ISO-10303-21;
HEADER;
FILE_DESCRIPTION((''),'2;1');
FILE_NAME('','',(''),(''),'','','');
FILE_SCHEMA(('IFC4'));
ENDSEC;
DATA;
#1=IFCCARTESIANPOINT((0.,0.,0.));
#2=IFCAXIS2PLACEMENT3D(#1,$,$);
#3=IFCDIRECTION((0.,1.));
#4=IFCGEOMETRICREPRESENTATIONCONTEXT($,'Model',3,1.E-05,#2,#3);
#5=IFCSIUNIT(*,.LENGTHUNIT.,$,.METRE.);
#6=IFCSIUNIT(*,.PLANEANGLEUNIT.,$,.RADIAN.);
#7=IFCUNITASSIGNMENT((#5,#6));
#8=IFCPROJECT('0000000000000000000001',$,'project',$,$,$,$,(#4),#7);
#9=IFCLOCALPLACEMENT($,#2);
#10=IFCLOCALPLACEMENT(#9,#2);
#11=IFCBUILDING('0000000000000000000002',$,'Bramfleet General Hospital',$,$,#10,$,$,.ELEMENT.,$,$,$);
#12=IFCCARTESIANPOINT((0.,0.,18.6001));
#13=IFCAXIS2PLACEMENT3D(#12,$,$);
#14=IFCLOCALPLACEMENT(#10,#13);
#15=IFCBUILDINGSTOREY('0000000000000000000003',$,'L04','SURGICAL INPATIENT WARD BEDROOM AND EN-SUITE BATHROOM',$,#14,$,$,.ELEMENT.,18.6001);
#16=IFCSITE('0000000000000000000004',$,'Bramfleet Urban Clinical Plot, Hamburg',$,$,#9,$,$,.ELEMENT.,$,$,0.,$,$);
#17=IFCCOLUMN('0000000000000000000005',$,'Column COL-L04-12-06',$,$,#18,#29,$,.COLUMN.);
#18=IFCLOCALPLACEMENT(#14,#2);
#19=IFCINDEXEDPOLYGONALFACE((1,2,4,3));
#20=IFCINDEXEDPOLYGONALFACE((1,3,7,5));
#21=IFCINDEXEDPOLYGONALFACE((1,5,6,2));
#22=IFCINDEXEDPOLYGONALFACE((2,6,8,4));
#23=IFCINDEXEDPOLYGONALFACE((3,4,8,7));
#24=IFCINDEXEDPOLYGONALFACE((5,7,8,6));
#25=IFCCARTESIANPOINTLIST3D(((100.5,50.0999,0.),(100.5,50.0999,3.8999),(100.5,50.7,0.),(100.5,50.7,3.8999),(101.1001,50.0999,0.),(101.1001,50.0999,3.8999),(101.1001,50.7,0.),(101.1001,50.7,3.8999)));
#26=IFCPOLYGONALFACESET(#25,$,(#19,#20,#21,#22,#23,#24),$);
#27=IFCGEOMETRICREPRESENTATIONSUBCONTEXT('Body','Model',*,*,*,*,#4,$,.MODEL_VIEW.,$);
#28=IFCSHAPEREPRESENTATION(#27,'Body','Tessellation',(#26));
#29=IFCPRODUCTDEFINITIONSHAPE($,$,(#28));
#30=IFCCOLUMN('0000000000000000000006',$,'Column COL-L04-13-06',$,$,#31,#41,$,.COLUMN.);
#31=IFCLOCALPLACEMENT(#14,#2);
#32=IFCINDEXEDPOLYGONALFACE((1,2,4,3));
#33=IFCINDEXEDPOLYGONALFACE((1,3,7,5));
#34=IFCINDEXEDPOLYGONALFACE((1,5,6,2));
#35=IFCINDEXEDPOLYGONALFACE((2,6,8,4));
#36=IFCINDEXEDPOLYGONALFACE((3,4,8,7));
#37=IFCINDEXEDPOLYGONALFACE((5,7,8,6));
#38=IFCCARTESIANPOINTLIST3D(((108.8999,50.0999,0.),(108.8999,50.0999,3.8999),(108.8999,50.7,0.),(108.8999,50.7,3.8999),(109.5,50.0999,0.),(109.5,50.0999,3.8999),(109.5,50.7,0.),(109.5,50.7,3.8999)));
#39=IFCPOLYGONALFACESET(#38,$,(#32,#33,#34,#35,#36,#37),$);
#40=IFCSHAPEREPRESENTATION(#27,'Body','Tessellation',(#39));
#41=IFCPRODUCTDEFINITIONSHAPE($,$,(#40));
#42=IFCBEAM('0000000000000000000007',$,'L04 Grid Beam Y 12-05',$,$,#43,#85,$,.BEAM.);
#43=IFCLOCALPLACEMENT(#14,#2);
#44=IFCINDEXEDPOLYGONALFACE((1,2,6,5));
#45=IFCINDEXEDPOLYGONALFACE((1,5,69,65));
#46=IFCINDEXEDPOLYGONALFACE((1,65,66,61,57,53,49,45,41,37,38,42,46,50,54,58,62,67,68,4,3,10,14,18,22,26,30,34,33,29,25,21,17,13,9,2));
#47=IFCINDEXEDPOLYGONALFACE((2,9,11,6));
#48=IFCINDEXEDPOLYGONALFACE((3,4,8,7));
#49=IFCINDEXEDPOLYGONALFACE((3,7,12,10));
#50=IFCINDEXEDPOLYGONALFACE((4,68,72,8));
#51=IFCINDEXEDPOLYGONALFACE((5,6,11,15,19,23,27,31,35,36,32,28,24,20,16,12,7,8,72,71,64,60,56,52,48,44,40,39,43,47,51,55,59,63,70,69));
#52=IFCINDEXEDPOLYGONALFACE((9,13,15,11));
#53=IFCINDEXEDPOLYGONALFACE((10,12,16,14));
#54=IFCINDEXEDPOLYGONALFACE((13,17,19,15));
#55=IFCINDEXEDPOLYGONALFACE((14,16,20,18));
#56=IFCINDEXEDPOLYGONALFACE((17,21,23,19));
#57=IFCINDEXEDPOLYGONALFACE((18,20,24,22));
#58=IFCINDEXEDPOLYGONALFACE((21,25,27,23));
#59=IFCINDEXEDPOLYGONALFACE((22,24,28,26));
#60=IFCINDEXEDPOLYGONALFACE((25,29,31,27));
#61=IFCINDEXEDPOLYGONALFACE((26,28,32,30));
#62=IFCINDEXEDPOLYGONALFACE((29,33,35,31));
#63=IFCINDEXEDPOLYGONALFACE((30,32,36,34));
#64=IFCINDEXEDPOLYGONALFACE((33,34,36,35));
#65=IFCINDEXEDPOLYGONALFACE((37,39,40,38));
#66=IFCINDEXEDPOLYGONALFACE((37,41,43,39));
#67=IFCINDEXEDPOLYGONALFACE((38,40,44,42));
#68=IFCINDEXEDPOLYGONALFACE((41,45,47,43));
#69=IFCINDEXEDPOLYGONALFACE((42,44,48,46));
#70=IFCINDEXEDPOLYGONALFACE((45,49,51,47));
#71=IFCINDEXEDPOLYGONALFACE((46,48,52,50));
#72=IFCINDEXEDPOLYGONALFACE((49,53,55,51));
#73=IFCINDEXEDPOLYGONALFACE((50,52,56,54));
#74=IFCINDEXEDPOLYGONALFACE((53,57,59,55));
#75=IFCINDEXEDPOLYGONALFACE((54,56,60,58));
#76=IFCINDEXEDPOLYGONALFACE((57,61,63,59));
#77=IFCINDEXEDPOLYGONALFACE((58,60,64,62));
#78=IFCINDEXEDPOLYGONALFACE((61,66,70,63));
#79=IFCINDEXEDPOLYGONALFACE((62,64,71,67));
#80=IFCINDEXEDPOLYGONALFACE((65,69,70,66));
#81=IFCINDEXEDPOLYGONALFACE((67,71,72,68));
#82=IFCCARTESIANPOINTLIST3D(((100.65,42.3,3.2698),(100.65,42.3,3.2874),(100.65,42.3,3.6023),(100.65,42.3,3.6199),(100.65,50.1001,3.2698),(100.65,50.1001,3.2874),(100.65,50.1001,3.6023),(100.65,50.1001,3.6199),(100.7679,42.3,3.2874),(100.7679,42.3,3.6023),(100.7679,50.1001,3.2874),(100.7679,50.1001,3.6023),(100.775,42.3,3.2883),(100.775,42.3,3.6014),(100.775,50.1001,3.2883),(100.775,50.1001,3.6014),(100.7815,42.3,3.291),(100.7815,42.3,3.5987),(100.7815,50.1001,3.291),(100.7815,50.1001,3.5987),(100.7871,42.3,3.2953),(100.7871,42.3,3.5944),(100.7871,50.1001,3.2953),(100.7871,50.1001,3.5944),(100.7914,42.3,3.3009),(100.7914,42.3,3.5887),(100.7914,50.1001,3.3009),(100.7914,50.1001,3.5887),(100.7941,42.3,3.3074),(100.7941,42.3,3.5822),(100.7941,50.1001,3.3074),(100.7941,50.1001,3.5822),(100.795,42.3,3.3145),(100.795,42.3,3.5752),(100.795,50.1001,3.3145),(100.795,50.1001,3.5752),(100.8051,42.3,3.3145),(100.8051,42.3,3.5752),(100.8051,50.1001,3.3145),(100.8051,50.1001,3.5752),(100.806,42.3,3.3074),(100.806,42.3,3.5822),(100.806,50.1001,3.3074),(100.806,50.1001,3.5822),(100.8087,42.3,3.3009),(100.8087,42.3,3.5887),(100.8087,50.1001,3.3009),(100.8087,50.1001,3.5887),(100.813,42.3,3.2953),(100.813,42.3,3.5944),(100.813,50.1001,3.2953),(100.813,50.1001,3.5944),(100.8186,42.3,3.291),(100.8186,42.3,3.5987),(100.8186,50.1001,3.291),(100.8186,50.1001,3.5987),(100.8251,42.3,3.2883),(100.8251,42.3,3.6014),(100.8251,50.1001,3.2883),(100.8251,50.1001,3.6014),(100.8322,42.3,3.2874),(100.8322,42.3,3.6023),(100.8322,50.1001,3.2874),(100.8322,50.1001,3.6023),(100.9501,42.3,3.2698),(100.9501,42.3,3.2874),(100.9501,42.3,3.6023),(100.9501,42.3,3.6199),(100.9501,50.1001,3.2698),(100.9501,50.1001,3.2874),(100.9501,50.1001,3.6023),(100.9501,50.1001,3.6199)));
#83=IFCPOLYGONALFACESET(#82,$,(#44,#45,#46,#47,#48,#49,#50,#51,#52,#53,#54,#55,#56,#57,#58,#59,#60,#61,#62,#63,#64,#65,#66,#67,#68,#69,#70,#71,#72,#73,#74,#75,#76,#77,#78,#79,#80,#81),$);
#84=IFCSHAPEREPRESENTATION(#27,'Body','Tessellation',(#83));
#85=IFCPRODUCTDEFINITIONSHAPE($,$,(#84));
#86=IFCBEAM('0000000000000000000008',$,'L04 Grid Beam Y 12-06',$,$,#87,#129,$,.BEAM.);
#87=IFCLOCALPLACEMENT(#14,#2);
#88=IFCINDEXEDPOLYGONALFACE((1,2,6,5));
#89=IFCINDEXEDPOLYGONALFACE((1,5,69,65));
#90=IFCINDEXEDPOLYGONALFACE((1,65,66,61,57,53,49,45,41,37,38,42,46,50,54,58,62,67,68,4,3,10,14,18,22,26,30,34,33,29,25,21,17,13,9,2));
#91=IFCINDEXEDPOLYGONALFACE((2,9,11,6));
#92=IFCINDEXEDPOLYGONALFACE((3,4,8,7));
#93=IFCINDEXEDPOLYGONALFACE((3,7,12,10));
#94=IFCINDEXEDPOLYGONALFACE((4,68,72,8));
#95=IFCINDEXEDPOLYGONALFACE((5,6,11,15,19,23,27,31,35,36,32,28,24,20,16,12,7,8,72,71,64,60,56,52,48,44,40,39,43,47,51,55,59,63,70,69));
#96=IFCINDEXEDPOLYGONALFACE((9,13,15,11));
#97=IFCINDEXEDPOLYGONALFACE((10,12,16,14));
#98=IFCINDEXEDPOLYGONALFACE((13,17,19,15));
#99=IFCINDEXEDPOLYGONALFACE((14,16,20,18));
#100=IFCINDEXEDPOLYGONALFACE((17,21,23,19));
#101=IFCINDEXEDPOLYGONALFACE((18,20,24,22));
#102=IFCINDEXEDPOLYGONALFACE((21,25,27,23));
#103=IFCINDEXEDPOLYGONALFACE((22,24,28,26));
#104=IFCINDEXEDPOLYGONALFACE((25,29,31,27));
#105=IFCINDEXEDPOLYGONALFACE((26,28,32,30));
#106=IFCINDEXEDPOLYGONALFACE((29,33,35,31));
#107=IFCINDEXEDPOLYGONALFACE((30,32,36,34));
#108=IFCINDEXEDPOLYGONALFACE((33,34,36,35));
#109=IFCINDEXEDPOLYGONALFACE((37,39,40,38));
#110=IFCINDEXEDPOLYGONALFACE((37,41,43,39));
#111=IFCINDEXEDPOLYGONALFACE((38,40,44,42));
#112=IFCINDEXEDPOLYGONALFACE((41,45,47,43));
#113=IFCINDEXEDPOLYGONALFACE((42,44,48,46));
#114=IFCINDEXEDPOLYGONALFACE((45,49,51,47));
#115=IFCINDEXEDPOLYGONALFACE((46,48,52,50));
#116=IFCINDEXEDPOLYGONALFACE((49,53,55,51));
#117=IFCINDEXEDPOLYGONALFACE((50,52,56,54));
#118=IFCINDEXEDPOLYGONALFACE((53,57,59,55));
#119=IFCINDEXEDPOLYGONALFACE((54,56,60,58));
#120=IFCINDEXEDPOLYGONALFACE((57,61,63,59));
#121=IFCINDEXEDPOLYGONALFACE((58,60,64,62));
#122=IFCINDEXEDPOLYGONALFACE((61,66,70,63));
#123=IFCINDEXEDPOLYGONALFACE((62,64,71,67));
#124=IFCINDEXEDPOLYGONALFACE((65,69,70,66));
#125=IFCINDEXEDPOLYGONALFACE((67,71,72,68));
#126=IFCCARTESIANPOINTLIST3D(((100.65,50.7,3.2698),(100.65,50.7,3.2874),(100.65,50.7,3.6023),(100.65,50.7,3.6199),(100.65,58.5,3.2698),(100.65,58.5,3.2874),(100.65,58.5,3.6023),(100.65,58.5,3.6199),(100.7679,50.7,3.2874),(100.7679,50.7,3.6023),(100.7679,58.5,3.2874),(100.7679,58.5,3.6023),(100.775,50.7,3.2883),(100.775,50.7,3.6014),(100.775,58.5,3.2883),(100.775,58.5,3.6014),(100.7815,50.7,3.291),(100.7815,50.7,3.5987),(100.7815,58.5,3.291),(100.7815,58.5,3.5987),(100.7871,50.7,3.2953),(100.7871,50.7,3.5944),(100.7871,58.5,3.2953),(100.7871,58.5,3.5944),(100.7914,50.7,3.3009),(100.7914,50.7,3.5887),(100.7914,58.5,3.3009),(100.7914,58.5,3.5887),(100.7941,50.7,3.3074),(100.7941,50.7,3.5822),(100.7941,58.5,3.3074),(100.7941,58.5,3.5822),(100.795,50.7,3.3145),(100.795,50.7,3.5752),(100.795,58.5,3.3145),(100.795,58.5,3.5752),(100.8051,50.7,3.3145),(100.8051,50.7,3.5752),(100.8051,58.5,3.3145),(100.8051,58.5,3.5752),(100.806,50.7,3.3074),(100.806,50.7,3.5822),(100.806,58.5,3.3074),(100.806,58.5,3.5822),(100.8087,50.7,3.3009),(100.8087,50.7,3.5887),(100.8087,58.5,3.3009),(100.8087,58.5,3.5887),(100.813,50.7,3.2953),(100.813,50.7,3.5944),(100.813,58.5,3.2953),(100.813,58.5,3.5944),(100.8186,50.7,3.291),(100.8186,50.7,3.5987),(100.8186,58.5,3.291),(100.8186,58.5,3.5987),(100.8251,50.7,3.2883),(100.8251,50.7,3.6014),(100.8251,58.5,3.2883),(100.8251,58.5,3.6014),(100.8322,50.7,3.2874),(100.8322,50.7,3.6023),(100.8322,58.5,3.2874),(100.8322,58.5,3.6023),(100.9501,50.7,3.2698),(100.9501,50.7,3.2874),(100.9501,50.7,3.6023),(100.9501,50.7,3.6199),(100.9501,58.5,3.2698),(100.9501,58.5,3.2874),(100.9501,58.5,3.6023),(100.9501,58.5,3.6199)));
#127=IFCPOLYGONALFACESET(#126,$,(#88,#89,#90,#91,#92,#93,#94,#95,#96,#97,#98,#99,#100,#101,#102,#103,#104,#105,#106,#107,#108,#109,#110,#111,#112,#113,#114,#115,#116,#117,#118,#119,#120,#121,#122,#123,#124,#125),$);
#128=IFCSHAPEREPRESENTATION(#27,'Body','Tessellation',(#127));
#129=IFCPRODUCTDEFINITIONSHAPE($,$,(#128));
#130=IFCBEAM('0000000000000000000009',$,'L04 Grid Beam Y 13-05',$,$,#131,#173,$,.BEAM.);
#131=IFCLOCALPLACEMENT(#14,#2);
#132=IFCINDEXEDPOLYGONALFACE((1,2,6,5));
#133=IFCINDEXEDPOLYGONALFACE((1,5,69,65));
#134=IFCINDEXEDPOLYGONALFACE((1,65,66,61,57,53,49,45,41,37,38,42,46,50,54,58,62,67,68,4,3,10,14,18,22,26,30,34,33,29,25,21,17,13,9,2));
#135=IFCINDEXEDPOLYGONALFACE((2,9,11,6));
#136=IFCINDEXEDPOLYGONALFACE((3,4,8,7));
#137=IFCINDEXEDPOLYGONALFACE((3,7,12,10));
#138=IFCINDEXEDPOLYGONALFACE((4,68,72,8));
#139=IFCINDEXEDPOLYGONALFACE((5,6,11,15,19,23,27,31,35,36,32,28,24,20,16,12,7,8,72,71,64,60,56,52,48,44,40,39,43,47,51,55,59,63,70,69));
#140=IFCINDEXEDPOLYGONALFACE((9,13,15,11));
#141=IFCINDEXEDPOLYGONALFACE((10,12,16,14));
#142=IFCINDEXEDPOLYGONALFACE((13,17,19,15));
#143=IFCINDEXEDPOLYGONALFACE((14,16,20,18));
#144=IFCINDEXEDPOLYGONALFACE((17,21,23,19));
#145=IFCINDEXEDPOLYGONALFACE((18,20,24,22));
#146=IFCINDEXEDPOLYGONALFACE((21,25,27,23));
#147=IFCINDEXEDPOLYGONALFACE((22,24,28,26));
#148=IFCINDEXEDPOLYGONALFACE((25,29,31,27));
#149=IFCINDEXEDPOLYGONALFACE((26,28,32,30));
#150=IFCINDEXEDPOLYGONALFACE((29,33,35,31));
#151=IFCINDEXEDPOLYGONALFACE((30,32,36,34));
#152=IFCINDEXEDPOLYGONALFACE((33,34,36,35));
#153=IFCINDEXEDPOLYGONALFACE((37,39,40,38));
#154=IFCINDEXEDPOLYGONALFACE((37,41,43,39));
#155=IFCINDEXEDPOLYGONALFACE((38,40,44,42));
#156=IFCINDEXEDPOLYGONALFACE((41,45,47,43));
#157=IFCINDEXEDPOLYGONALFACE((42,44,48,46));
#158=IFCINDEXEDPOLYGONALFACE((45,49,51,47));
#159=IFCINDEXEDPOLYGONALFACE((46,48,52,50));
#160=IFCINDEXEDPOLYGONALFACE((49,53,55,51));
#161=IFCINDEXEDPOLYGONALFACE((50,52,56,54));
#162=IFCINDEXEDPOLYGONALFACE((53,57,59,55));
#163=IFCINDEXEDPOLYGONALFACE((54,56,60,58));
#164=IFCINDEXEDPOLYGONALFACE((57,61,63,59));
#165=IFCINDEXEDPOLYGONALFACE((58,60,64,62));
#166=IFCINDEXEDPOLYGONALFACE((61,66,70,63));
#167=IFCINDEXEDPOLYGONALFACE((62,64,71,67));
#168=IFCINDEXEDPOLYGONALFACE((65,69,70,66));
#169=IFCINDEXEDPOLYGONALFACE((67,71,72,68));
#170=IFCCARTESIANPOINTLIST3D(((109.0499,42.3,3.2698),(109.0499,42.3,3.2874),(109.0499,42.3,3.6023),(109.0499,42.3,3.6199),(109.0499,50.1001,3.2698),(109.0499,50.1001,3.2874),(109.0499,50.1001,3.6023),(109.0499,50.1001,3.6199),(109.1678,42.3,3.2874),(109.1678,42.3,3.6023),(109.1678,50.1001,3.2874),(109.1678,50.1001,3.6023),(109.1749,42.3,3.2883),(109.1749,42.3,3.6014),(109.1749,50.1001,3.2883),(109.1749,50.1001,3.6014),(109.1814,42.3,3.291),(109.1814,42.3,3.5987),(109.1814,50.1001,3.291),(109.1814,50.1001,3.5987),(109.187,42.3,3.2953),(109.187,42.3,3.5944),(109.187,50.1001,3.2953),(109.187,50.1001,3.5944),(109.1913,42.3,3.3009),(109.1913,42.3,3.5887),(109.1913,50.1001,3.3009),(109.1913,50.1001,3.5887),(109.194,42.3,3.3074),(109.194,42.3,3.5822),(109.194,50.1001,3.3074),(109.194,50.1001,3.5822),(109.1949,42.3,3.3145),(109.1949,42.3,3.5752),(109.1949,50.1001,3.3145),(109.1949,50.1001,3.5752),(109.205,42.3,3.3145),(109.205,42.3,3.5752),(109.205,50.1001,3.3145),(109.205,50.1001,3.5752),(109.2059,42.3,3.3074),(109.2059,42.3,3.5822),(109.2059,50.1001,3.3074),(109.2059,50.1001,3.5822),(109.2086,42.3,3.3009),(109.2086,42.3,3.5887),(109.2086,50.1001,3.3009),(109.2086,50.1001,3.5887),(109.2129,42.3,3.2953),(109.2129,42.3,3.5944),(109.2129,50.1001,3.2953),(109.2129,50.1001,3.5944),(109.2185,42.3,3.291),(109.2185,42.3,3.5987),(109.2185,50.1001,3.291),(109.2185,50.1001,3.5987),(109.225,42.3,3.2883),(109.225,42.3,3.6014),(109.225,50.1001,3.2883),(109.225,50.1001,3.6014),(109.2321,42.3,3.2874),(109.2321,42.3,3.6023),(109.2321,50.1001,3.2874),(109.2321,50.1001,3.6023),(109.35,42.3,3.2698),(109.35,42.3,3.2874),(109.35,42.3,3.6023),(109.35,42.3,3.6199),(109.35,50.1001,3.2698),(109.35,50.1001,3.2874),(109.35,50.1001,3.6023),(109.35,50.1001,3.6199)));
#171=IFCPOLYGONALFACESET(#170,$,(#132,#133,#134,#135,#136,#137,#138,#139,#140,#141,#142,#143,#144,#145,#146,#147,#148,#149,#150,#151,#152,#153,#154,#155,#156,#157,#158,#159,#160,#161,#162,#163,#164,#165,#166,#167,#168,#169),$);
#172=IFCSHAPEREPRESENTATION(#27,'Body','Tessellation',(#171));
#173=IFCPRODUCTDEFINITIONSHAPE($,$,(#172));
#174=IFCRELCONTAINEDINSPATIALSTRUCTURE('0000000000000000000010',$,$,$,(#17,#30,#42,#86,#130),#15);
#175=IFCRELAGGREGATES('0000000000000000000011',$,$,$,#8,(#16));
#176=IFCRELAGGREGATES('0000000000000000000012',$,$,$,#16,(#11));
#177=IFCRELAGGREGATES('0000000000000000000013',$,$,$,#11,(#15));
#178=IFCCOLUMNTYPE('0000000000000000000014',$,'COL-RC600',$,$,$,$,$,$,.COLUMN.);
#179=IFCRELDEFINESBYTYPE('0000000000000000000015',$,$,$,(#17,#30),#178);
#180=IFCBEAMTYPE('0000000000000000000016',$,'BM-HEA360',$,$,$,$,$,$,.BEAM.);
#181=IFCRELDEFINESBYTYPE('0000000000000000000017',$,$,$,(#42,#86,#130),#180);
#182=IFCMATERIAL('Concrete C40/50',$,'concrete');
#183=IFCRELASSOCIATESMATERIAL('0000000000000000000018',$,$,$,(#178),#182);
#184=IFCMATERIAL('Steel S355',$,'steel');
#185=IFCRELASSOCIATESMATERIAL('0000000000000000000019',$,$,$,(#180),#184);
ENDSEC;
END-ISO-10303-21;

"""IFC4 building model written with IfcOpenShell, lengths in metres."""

from ifc_helpers import new_model, si_unit, direction, frame, origin, origin_2d, place, context, subcontext, project, spatial, rectangle, i_section, extrude, material, material_profile, profile_set, type_object, element, save


model = new_model("IFC4")

# Units and contexts
model_context = context("Model", 3, precision=1e-05, world=origin(), true_north=direction((0.0, 1.0)))
body_context = subcontext(model_context, "Body", "Model", "MODEL_VIEW")
ifc_project = project(units=[si_unit("LENGTHUNIT", "METRE"), si_unit("PLANEANGLEUNIT", "RADIAN")], contexts=[model_context])

# Site, building, storey
site_placement = place(None, origin())
site = spatial("IfcSite", under=ifc_project, at=site_placement, Name="Bramfleet Urban Clinical Plot, Hamburg", CompositionType="ELEMENT", RefElevation=0.0)
building_placement = place(site_placement, origin())
building = spatial("IfcBuilding", under=site, at=building_placement, Name="Bramfleet General Hospital", CompositionType="ELEMENT")
storey_placement = place(building_placement, frame((0.0, 0.0, 18.6001)))
storey = spatial("IfcBuildingStorey", under=building, at=storey_placement, Name="L04", Description="SURGICAL INPATIENT WARD BEDROOM AND EN-SUITE BATHROOM", CompositionType="ELEMENT", Elevation=18.6001)

# Columns
ifc_material_1 = material(Name="Concrete C40/50", Category="concrete")
ifc_material_profile_1 = material_profile(ifc_material_1, rectangle(XDim=0.6001, YDim=0.6001, at=origin_2d()), Name="RC COL 600x600")
ifc_profile_set_1 = profile_set([ifc_material_profile_1], Name="Concrete C40/50")
column_type = type_object("IfcColumnType", Name="COL-RC600", PredefinedType="COLUMN", material=ifc_profile_set_1)
for number, where, z_axis, x_axis, name in (
    (1, (100.8, 50.3999, 0.0), (0.0, 0.0, 1.0), (1.0, 0.0, 0.0), "Column COL-L04-12-06"),
    (2, (109.2, 50.3999, 0.0), (0.0, 0.0, 1.0), (1.0, 0.0, 0.0), "Column COL-L04-13-06"),
):
    element("IfcColumn", number, at=place(storey_placement, frame(where, z_axis=z_axis, x_axis=x_axis)), inside=storey, type_object=column_type, Name=name, PredefinedType="COLUMN", context=body_context, shape_type="SweptSolid", body=[
        extrude(rectangle(XDim=0.6001, YDim=0.6001, at=origin_2d()), origin(), (0.0, 0.0, 1.0), 3.8999),
    ])

# Beams
ifc_material_2 = material(Name="Steel S355", Category="steel")
ifc_material_profile_2 = material_profile(ifc_material_2, i_section(OverallWidth=0.3, OverallDepth=0.3501, WebThickness=0.01, FlangeThickness=0.0176, FilletRadius=0.0271, at=origin_2d()), Name="HEA 360")
ifc_profile_set_2 = profile_set([ifc_material_profile_2], Name="Steel S355")
beam_type_1 = type_object("IfcBeamType", Name="BM-HEA360", PredefinedType="BEAM", material=ifc_profile_set_2)
for number, where, z_axis, x_axis, name in (
    (3, (100.8, 42.3, 3.4448), (0.0, 1.0, 0.0), (-1.0, 0.0, 0.0), "L04 Grid Beam Y 12-05"),
    (4, (100.8, 50.7, 3.4448), (0.0, 1.0, 0.0), (-1.0, 0.0, 0.0), "L04 Grid Beam Y 12-06"),
    (5, (109.2, 42.3, 3.4448), (0.0, 1.0, 0.0), (-1.0, 0.0, 0.0), "L04 Grid Beam Y 13-05"),
):
    element("IfcBeam", number, at=place(storey_placement, frame(where, z_axis=z_axis, x_axis=x_axis)), inside=storey, type_object=beam_type_1, Name=name, PredefinedType="BEAM", context=body_context, shape_type="SweptSolid", body=[
        extrude(i_section(OverallWidth=0.3, OverallDepth=0.3501, WebThickness=0.01, FlangeThickness=0.0176, FilletRadius=0.0271, at=origin_2d()), origin(), (0.0, 0.0, 1.0), 7.8),
    ])

save(model, "model.ifc")
